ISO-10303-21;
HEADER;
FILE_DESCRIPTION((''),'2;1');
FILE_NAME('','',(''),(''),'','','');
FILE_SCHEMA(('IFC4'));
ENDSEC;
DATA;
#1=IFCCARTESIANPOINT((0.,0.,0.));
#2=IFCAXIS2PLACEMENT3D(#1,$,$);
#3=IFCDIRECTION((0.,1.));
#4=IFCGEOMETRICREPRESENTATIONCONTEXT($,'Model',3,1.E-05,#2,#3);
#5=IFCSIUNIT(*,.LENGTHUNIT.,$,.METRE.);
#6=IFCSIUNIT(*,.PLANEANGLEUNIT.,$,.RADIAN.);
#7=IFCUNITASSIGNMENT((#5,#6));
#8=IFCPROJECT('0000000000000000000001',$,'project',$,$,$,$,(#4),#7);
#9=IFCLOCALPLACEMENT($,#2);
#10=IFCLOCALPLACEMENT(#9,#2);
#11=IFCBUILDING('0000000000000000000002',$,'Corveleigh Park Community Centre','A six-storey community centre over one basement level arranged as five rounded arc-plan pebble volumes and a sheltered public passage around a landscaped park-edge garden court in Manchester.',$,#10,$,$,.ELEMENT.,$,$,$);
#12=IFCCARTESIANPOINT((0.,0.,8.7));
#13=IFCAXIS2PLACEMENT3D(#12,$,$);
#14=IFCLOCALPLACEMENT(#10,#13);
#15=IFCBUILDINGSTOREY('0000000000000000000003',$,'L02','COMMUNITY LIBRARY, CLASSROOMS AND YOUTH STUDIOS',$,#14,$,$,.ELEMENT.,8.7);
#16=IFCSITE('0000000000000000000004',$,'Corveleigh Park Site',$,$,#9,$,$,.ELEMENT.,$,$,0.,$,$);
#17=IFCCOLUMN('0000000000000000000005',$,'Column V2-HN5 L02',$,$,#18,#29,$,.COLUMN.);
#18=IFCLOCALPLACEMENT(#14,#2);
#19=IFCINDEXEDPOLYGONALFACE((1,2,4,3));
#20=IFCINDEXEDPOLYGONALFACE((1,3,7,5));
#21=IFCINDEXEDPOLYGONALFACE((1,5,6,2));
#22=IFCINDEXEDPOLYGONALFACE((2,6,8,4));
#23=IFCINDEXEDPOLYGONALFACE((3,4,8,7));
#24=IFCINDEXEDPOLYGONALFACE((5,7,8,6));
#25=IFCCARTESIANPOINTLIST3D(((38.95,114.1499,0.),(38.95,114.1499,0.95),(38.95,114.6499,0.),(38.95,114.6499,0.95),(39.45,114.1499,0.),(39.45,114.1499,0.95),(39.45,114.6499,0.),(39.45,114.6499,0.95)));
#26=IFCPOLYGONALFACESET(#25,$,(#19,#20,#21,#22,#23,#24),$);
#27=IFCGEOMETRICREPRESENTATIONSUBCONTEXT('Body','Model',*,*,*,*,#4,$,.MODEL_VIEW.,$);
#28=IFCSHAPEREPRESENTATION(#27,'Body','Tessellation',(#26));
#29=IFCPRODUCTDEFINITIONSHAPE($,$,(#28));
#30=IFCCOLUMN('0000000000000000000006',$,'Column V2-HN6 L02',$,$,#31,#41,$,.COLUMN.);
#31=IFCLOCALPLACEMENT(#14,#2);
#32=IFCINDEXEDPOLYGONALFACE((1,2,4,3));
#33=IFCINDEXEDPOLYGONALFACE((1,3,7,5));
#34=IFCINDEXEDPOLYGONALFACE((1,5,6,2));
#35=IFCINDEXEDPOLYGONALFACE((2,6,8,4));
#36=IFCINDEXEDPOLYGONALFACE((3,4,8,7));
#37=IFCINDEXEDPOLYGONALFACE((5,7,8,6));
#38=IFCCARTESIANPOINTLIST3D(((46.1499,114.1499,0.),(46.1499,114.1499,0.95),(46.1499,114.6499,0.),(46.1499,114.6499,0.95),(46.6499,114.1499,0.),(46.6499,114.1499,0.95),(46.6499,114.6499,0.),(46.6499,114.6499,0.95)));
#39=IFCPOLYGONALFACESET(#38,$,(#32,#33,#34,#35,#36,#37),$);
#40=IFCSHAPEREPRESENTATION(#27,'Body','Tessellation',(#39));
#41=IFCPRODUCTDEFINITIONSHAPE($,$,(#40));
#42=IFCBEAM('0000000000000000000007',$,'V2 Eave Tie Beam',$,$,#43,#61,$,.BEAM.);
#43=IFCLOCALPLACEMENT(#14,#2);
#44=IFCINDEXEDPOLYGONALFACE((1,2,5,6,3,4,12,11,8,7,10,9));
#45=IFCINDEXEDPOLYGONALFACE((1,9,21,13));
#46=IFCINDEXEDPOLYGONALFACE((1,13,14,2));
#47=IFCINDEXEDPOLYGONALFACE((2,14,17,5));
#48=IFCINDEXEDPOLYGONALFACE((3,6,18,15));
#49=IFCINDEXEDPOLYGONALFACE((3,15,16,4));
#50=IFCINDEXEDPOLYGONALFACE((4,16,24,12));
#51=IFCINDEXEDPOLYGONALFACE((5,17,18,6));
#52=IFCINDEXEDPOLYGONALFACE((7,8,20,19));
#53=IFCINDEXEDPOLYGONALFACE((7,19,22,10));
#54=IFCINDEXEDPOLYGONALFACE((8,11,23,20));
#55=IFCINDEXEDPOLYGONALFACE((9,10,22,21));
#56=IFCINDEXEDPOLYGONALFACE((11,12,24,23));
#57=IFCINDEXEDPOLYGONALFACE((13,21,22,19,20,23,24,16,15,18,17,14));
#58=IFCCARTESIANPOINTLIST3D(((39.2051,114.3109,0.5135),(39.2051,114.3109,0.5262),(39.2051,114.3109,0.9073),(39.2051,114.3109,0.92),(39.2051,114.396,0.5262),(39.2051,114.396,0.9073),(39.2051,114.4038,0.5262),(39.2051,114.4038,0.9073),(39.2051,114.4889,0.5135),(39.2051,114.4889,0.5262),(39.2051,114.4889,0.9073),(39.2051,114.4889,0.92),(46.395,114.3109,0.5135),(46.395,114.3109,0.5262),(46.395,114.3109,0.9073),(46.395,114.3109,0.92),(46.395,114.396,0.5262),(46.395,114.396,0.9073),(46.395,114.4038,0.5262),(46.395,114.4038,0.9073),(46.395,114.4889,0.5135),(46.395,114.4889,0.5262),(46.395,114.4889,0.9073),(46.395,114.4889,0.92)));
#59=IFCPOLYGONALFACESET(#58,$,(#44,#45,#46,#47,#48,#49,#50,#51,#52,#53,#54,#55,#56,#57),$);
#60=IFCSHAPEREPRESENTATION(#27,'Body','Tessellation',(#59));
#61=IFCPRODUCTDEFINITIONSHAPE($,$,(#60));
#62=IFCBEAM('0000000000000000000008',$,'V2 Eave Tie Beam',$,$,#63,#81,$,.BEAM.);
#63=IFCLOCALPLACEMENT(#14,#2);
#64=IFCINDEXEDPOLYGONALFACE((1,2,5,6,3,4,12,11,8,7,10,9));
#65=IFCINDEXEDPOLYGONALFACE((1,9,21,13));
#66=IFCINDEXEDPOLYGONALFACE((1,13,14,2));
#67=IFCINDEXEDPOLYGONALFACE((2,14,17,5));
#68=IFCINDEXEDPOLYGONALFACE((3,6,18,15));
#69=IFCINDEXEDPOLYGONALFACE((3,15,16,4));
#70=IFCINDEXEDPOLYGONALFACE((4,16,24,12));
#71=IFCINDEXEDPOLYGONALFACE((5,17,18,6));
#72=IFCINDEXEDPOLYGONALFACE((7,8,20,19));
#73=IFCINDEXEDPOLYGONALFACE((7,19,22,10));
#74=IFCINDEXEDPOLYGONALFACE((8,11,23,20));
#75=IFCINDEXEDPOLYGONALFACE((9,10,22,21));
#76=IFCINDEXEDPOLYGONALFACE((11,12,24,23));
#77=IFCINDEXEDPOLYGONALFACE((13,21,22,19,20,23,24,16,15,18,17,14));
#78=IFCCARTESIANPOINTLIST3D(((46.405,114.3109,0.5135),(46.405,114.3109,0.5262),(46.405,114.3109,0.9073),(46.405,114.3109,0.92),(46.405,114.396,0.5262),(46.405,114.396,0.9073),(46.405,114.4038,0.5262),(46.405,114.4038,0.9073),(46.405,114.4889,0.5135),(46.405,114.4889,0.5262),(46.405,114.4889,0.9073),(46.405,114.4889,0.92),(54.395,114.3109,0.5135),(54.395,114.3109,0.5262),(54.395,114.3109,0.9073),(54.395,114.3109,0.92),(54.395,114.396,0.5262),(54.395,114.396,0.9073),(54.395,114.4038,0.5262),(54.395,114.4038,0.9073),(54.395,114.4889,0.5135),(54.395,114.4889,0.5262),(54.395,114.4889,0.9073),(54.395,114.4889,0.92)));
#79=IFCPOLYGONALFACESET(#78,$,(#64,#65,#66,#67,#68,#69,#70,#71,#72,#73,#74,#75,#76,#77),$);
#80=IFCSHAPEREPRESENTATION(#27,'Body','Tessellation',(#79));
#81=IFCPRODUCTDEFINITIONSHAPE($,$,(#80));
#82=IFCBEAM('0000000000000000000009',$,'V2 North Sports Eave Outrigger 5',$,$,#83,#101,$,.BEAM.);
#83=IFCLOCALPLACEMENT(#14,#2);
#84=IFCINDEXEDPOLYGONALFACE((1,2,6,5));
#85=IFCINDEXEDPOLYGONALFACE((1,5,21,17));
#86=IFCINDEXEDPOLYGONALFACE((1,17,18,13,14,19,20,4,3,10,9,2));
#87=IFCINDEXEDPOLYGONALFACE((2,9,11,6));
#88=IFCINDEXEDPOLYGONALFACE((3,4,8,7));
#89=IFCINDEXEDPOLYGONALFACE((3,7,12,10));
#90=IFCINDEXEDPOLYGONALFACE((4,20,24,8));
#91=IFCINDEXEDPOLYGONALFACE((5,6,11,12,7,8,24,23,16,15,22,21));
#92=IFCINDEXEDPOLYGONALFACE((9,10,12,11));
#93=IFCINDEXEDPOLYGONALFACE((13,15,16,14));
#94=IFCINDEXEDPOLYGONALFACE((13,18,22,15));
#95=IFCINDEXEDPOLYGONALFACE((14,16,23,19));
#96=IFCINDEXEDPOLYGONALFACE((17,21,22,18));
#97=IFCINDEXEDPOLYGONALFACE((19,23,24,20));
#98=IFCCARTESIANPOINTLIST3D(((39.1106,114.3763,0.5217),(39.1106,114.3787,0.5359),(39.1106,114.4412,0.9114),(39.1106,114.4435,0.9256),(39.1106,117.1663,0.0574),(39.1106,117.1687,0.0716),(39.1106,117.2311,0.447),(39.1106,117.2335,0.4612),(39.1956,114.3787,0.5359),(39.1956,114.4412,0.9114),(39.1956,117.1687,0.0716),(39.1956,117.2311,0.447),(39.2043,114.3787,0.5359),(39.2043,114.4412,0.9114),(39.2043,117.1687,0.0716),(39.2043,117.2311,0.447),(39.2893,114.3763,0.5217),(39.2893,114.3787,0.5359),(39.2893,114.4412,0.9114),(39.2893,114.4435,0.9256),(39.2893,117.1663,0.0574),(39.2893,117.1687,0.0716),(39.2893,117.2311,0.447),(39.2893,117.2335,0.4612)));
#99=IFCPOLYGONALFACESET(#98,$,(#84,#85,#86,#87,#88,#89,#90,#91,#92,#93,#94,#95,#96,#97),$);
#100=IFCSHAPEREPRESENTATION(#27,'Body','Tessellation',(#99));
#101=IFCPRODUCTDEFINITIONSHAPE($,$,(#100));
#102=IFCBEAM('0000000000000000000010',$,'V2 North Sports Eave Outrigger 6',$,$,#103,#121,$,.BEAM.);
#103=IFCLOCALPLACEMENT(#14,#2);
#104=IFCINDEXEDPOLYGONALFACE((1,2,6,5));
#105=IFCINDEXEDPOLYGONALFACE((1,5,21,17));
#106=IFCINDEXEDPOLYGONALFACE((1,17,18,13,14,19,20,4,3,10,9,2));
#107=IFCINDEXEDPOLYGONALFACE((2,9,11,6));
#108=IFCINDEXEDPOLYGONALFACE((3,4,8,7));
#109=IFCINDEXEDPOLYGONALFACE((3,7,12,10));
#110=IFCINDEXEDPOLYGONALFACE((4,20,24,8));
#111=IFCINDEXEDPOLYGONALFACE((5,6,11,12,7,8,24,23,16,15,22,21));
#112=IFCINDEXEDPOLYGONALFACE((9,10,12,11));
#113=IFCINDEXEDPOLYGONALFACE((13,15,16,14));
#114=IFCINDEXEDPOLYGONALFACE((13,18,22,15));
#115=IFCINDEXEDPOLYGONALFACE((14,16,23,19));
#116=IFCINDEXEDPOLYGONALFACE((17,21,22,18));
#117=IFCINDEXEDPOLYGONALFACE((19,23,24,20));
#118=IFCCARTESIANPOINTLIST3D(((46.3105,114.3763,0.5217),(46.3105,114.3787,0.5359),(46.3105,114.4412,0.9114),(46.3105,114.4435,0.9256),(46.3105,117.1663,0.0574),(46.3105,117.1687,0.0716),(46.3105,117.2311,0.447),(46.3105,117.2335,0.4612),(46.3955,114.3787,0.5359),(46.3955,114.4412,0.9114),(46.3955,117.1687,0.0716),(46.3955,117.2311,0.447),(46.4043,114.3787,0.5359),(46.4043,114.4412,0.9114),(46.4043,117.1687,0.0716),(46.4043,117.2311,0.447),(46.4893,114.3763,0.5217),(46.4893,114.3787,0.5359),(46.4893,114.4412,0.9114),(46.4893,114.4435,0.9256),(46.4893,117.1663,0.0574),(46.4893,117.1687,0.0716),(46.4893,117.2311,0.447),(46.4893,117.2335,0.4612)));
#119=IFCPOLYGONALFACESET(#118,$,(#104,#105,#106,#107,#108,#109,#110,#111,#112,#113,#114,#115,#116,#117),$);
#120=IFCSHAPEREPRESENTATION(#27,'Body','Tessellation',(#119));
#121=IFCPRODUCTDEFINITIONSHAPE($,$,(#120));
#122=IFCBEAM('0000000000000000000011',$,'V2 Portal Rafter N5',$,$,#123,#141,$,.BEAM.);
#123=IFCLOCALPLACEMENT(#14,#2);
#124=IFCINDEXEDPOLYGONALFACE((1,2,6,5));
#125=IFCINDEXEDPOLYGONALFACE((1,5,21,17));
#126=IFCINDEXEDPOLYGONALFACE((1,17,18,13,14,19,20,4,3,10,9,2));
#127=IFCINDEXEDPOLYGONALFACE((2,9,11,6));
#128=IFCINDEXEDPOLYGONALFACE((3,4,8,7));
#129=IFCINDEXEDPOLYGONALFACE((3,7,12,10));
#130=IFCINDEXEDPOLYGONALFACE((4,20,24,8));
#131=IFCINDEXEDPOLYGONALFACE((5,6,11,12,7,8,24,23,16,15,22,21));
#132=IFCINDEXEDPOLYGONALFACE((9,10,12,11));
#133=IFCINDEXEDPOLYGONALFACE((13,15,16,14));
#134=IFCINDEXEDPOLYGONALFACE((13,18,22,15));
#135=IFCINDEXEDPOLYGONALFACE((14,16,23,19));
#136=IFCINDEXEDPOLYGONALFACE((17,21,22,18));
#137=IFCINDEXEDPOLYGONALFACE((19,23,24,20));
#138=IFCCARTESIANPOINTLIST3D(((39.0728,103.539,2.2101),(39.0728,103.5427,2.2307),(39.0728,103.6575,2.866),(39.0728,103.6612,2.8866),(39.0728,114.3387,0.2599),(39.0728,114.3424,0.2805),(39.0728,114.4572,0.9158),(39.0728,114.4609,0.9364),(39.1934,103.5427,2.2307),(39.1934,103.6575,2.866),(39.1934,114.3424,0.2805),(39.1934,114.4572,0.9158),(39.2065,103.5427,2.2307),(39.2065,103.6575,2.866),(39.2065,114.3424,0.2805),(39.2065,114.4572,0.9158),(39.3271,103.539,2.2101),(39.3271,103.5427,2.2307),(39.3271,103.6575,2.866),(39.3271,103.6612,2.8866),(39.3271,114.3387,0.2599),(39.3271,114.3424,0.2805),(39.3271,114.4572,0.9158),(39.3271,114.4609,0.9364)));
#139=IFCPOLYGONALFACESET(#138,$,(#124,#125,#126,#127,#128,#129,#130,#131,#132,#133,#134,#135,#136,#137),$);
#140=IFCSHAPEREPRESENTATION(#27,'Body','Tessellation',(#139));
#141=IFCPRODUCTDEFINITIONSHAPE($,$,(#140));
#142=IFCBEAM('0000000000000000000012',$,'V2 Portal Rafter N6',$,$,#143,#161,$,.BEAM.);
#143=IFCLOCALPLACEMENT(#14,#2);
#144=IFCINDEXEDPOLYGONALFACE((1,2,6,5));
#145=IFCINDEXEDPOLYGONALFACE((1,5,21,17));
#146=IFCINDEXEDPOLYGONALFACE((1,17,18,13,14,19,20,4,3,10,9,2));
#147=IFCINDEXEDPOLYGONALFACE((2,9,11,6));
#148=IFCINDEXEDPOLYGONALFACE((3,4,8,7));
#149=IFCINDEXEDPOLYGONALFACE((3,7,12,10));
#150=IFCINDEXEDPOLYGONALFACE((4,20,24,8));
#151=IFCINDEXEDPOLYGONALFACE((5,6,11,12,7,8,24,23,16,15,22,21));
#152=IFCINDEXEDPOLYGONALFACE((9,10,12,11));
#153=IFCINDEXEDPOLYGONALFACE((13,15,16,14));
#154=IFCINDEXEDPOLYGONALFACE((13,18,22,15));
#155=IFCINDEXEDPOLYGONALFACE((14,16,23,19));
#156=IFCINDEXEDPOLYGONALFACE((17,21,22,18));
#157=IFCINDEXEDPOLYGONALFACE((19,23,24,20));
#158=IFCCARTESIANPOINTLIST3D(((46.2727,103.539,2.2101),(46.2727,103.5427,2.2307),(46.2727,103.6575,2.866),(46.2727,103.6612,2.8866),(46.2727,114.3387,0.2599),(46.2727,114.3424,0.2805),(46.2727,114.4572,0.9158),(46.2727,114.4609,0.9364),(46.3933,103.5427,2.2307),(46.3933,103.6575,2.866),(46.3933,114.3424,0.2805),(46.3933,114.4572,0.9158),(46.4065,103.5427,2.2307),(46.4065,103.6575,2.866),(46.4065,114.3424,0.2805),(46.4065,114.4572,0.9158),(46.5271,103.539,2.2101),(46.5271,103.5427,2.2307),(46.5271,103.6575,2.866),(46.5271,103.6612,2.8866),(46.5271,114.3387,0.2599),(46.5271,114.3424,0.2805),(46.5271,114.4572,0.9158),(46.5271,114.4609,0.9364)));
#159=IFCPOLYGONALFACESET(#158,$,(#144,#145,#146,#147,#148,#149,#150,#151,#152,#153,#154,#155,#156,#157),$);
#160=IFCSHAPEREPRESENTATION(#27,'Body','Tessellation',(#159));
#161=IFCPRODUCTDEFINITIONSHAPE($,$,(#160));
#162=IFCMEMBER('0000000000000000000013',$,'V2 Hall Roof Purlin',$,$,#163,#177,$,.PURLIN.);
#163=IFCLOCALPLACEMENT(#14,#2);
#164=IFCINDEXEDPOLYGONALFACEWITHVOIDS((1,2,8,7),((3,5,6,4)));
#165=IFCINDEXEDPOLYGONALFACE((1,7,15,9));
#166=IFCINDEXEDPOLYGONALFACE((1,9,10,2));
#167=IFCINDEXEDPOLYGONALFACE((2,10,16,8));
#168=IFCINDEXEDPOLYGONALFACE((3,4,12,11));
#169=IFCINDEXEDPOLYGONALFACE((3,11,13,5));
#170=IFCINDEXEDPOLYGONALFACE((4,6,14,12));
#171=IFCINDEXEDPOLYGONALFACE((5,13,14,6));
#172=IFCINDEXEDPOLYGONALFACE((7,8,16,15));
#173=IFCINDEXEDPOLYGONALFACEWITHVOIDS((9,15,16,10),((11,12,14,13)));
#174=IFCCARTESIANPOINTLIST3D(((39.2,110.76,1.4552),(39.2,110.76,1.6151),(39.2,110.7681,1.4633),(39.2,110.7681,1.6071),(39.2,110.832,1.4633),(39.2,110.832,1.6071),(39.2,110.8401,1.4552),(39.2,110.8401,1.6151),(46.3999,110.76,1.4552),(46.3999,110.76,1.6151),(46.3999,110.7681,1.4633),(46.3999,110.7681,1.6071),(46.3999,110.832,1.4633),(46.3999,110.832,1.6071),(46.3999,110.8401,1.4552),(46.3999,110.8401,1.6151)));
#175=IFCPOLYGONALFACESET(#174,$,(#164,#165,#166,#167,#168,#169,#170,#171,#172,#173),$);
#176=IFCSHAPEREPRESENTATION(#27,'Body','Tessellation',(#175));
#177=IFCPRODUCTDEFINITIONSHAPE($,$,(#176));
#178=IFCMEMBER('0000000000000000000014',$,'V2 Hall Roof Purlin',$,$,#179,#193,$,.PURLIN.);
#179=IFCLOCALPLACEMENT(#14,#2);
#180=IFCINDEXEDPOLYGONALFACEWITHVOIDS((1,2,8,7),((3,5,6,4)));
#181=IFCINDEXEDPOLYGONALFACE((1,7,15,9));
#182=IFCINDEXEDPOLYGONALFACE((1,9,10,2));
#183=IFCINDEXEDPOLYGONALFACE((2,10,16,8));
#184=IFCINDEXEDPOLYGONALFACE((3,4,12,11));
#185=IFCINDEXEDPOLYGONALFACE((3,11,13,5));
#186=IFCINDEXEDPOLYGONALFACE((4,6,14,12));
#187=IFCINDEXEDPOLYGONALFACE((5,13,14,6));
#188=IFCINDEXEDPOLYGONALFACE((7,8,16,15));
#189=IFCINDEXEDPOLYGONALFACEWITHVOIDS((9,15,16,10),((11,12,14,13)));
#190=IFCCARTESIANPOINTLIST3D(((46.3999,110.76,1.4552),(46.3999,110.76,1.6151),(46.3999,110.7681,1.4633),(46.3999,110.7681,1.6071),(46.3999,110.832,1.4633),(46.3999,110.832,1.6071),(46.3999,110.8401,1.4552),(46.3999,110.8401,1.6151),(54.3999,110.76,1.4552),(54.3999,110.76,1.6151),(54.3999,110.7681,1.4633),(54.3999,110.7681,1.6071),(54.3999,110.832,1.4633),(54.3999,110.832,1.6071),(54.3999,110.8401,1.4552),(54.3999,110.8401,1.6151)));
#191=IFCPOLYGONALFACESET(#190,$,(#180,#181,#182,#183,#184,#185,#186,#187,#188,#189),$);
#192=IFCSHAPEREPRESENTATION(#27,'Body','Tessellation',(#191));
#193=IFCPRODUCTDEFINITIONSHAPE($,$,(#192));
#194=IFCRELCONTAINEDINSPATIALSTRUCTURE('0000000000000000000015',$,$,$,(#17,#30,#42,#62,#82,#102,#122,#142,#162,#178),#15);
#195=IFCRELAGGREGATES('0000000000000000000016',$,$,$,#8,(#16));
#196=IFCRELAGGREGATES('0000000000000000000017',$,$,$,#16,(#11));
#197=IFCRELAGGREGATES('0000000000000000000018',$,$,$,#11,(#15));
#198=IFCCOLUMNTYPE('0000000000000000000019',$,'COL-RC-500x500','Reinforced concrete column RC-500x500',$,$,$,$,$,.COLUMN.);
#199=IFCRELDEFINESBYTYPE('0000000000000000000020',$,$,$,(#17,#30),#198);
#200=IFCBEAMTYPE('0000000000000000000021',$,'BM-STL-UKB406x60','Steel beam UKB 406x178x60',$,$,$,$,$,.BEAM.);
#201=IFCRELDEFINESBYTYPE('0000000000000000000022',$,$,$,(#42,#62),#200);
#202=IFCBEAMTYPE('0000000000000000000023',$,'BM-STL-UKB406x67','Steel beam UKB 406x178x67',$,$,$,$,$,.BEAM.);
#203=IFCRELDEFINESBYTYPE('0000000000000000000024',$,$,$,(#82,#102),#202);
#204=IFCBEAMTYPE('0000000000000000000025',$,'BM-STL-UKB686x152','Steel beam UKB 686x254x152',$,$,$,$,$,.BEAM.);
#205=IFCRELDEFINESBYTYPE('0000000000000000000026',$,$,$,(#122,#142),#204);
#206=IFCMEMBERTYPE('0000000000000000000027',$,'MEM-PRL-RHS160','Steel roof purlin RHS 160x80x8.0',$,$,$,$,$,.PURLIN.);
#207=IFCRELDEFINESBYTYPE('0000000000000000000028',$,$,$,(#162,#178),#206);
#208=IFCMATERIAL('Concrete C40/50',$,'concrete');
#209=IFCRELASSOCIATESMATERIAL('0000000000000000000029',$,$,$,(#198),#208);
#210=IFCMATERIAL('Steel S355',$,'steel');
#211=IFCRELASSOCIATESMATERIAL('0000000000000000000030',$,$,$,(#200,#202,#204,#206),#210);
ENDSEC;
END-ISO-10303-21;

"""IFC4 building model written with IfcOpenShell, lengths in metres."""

from ifc_helpers import new_model, si_unit, direction, frame, origin, origin_2d, place, context, subcontext, project, spatial, rectangle, hollow_rectangle, i_section, extrude, material, material_profile, profile_set, type_object, element, save


model = new_model("IFC4")

# Units and contexts
model_context = context("Model", 3, precision=1e-05, world=origin(), true_north=direction((0.0, 1.0)))
body_context = subcontext(model_context, "Body", "Model", "MODEL_VIEW")
ifc_project = project(units=[si_unit("LENGTHUNIT", "METRE"), si_unit("PLANEANGLEUNIT", "RADIAN")], contexts=[model_context])

# Site, building, storey
site_placement = place(None, origin())
site = spatial("IfcSite", under=ifc_project, at=site_placement, Name="Corveleigh Park Site", CompositionType="ELEMENT", RefElevation=0.0)
building_placement = place(site_placement, origin())
building = spatial("IfcBuilding", under=site, at=building_placement, Name="Corveleigh Park Community Centre", Description="A six-storey community centre over one basement level arranged as five rounded arc-plan pebble volumes and a sheltered public passage around a landscaped park-edge garden court in Manchester.", CompositionType="ELEMENT")
storey_placement = place(building_placement, frame((0.0, 0.0, 8.7)))
storey = spatial("IfcBuildingStorey", under=building, at=storey_placement, Name="L02", Description="COMMUNITY LIBRARY, CLASSROOMS AND YOUTH STUDIOS", CompositionType="ELEMENT", Elevation=8.7)

# Columns
ifc_material_1 = material(Name="Concrete C40/50", Category="concrete")
ifc_material_profile_1 = material_profile(ifc_material_1, rectangle(XDim=0.5, YDim=0.5, at=origin_2d()), Name="RC-500x500", Category="concrete")
ifc_profile_set_1 = profile_set([ifc_material_profile_1], Name="Concrete C40/50")
column_type = type_object("IfcColumnType", Name="COL-RC-500x500", Description="Reinforced concrete column RC-500x500", PredefinedType="COLUMN", material=ifc_profile_set_1)
for number, where, z_axis, x_axis, name in (
    (1, (39.2, 114.3999, 0.0), (0.0, 0.0, 1.0), (1.0, 0.0, 0.0), "Column V2-HN5 L02"),
    (2, (46.3999, 114.3999, 0.0), (0.0, 0.0, 1.0), (1.0, 0.0, 0.0), "Column V2-HN6 L02"),
):
    element("IfcColumn", number, at=place(storey_placement, frame(where, z_axis=z_axis, x_axis=x_axis)), inside=storey, type_object=column_type, Name=name, PredefinedType="COLUMN", context=body_context, shape_type="SweptSolid", body=[
        extrude(rectangle(XDim=0.5, YDim=0.5, at=origin_2d()), origin(), (0.0, 0.0, 1.0), 0.95),
    ])

# Beams
ifc_material_2 = material(Name="Steel S355", Category="steel")
ifc_material_profile_2 = material_profile(ifc_material_2, i_section(OverallWidth=0.178, OverallDepth=0.4065, WebThickness=0.0078, FlangeThickness=0.0127, at=origin_2d()), Name="UKB 406x178x60", Category="steel")
ifc_profile_set_2 = profile_set([ifc_material_profile_2], Name="Steel S355")
beam_type_1 = type_object("IfcBeamType", Name="BM-STL-UKB406x60", Description="Steel beam UKB 406x178x60", PredefinedType="BEAM", material=ifc_profile_set_2)
beam_1_placement = place(storey_placement, frame((39.2051, 114.3999, 0.7168), z_axis=(1.0, 0.0, 0.0), x_axis=(0.0, 1.0, 0.0)))
element("IfcBeam", 3, at=beam_1_placement, inside=storey, type_object=beam_type_1, Name="V2 Eave Tie Beam", PredefinedType="BEAM", context=body_context, shape_type="SweptSolid", body=[
    extrude(i_section(OverallWidth=0.178, OverallDepth=0.4065, WebThickness=0.0078, FlangeThickness=0.0127, at=origin_2d()), origin(), (0.0, 0.0, 1.0), 7.1899),
])
beam_2_placement = place(storey_placement, frame((46.405, 114.3999, 0.7168), z_axis=(1.0, 0.0, 0.0), x_axis=(0.0, 1.0, 0.0)))
element("IfcBeam", 4, at=beam_2_placement, inside=storey, type_object=beam_type_1, Name="V2 Eave Tie Beam", PredefinedType="BEAM", context=body_context, shape_type="SweptSolid", body=[
    extrude(i_section(OverallWidth=0.178, OverallDepth=0.4065, WebThickness=0.0078, FlangeThickness=0.0127, at=origin_2d()), origin(), (0.0, 0.0, 1.0), 7.99),
])
ifc_material_profile_3 = material_profile(ifc_material_2, i_section(OverallWidth=0.1787, OverallDepth=0.4094, WebThickness=0.0088, FlangeThickness=0.0144, at=origin_2d()), Name="UKB 406x178x67", Category="steel")
ifc_profile_set_3 = profile_set([ifc_material_profile_3], Name="Steel S355")
beam_type_2 = type_object("IfcBeamType", Name="BM-STL-UKB406x67", Description="Steel beam UKB 406x178x67", PredefinedType="BEAM", material=ifc_profile_set_3)
for number, where, z_axis, x_axis, name in (
    (5, (39.2, 114.4099, 0.7236), (0.0, 0.986431, -0.164175), (-1.0, 0.0, 0.0), "V2 North Sports Eave Outrigger 5"),
    (6, (46.3999, 114.4099, 0.7236), (0.0, 0.986431, -0.164175), (-1.0, 0.0, 0.0), "V2 North Sports Eave Outrigger 6"),
):
    element("IfcBeam", number, at=place(storey_placement, frame(where, z_axis=z_axis, x_axis=x_axis)), inside=storey, type_object=beam_type_2, Name=name, PredefinedType="BEAM", context=body_context, shape_type="SweptSolid", body=[
        extrude(i_section(OverallWidth=0.1787, OverallDepth=0.4094, WebThickness=0.0088, FlangeThickness=0.0144, at=origin_2d()), origin(), (0.0, 0.0, 1.0), 2.8284),
    ])
ifc_material_profile_4 = material_profile(ifc_material_2, i_section(OverallWidth=0.2544, OverallDepth=0.6875, WebThickness=0.0132, FlangeThickness=0.021, at=origin_2d()), Name="UKB 686x254x152", Category="steel")
ifc_profile_set_4 = profile_set([ifc_material_profile_4], Name="Steel S355")
beam_type_3 = type_object("IfcBeamType", Name="BM-STL-UKB686x152", Description="Steel beam UKB 686x254x152", PredefinedType="BEAM", material=ifc_profile_set_4)
for number, where, z_axis, x_axis, name in (
    (7, (39.2, 103.6001, 2.5483), (0.0, 0.984084, -0.177703), (-1.0, 0.0, 0.0), "V2 Portal Rafter N5"),
    (8, (46.3999, 103.6001, 2.5483), (0.0, 0.984084, -0.177703), (-1.0, 0.0, 0.0), "V2 Portal Rafter N6"),
):
    element("IfcBeam", number, at=place(storey_placement, frame(where, z_axis=z_axis, x_axis=x_axis)), inside=storey, type_object=beam_type_3, Name=name, PredefinedType="BEAM", context=body_context, shape_type="SweptSolid", body=[
        extrude(i_section(OverallWidth=0.2544, OverallDepth=0.6875, WebThickness=0.0132, FlangeThickness=0.021, at=origin_2d()), origin(), (0.0, 0.0, 1.0), 10.9744),
    ])

# Members
ifc_material_profile_5 = material_profile(ifc_material_2, hollow_rectangle(XDim=0.0801, YDim=0.1599, WallThickness=0.0081, at=origin_2d()), Name="RHS 160x80x8.0", Category="steel")
ifc_profile_set_5 = profile_set([ifc_material_profile_5], Name="Steel S355")
member_type_1 = type_object("IfcMemberType", Name="MEM-PRL-RHS160", Description="Steel roof purlin RHS 160x80x8.0", PredefinedType="PURLIN", material=ifc_profile_set_5)
member_1_placement = place(storey_placement, frame((39.2, 110.8, 1.5352), z_axis=(1.0, 0.0, 0.0), x_axis=(0.0, 1.0, 0.0)))
element("IfcMember", 9, at=member_1_placement, inside=storey, type_object=member_type_1, Name="V2 Hall Roof Purlin", PredefinedType="PURLIN", context=body_context, shape_type="SweptSolid", body=[
    extrude(hollow_rectangle(XDim=0.0801, YDim=0.1599, WallThickness=0.0081, at=origin_2d()), origin(), (0.0, 0.0, 1.0), 7.2),
])
member_2_placement = place(storey_placement, frame((46.3999, 110.8, 1.5352), z_axis=(1.0, 0.0, 0.0), x_axis=(0.0, 1.0, 0.0)))
element("IfcMember", 10, at=member_2_placement, inside=storey, type_object=member_type_1, Name="V2 Hall Roof Purlin", PredefinedType="PURLIN", context=body_context, shape_type="SweptSolid", body=[
    extrude(hollow_rectangle(XDim=0.0801, YDim=0.1599, WallThickness=0.0081, at=origin_2d()), origin(), (0.0, 0.0, 1.0), 8.0),
])

save(model, "model.ifc")
